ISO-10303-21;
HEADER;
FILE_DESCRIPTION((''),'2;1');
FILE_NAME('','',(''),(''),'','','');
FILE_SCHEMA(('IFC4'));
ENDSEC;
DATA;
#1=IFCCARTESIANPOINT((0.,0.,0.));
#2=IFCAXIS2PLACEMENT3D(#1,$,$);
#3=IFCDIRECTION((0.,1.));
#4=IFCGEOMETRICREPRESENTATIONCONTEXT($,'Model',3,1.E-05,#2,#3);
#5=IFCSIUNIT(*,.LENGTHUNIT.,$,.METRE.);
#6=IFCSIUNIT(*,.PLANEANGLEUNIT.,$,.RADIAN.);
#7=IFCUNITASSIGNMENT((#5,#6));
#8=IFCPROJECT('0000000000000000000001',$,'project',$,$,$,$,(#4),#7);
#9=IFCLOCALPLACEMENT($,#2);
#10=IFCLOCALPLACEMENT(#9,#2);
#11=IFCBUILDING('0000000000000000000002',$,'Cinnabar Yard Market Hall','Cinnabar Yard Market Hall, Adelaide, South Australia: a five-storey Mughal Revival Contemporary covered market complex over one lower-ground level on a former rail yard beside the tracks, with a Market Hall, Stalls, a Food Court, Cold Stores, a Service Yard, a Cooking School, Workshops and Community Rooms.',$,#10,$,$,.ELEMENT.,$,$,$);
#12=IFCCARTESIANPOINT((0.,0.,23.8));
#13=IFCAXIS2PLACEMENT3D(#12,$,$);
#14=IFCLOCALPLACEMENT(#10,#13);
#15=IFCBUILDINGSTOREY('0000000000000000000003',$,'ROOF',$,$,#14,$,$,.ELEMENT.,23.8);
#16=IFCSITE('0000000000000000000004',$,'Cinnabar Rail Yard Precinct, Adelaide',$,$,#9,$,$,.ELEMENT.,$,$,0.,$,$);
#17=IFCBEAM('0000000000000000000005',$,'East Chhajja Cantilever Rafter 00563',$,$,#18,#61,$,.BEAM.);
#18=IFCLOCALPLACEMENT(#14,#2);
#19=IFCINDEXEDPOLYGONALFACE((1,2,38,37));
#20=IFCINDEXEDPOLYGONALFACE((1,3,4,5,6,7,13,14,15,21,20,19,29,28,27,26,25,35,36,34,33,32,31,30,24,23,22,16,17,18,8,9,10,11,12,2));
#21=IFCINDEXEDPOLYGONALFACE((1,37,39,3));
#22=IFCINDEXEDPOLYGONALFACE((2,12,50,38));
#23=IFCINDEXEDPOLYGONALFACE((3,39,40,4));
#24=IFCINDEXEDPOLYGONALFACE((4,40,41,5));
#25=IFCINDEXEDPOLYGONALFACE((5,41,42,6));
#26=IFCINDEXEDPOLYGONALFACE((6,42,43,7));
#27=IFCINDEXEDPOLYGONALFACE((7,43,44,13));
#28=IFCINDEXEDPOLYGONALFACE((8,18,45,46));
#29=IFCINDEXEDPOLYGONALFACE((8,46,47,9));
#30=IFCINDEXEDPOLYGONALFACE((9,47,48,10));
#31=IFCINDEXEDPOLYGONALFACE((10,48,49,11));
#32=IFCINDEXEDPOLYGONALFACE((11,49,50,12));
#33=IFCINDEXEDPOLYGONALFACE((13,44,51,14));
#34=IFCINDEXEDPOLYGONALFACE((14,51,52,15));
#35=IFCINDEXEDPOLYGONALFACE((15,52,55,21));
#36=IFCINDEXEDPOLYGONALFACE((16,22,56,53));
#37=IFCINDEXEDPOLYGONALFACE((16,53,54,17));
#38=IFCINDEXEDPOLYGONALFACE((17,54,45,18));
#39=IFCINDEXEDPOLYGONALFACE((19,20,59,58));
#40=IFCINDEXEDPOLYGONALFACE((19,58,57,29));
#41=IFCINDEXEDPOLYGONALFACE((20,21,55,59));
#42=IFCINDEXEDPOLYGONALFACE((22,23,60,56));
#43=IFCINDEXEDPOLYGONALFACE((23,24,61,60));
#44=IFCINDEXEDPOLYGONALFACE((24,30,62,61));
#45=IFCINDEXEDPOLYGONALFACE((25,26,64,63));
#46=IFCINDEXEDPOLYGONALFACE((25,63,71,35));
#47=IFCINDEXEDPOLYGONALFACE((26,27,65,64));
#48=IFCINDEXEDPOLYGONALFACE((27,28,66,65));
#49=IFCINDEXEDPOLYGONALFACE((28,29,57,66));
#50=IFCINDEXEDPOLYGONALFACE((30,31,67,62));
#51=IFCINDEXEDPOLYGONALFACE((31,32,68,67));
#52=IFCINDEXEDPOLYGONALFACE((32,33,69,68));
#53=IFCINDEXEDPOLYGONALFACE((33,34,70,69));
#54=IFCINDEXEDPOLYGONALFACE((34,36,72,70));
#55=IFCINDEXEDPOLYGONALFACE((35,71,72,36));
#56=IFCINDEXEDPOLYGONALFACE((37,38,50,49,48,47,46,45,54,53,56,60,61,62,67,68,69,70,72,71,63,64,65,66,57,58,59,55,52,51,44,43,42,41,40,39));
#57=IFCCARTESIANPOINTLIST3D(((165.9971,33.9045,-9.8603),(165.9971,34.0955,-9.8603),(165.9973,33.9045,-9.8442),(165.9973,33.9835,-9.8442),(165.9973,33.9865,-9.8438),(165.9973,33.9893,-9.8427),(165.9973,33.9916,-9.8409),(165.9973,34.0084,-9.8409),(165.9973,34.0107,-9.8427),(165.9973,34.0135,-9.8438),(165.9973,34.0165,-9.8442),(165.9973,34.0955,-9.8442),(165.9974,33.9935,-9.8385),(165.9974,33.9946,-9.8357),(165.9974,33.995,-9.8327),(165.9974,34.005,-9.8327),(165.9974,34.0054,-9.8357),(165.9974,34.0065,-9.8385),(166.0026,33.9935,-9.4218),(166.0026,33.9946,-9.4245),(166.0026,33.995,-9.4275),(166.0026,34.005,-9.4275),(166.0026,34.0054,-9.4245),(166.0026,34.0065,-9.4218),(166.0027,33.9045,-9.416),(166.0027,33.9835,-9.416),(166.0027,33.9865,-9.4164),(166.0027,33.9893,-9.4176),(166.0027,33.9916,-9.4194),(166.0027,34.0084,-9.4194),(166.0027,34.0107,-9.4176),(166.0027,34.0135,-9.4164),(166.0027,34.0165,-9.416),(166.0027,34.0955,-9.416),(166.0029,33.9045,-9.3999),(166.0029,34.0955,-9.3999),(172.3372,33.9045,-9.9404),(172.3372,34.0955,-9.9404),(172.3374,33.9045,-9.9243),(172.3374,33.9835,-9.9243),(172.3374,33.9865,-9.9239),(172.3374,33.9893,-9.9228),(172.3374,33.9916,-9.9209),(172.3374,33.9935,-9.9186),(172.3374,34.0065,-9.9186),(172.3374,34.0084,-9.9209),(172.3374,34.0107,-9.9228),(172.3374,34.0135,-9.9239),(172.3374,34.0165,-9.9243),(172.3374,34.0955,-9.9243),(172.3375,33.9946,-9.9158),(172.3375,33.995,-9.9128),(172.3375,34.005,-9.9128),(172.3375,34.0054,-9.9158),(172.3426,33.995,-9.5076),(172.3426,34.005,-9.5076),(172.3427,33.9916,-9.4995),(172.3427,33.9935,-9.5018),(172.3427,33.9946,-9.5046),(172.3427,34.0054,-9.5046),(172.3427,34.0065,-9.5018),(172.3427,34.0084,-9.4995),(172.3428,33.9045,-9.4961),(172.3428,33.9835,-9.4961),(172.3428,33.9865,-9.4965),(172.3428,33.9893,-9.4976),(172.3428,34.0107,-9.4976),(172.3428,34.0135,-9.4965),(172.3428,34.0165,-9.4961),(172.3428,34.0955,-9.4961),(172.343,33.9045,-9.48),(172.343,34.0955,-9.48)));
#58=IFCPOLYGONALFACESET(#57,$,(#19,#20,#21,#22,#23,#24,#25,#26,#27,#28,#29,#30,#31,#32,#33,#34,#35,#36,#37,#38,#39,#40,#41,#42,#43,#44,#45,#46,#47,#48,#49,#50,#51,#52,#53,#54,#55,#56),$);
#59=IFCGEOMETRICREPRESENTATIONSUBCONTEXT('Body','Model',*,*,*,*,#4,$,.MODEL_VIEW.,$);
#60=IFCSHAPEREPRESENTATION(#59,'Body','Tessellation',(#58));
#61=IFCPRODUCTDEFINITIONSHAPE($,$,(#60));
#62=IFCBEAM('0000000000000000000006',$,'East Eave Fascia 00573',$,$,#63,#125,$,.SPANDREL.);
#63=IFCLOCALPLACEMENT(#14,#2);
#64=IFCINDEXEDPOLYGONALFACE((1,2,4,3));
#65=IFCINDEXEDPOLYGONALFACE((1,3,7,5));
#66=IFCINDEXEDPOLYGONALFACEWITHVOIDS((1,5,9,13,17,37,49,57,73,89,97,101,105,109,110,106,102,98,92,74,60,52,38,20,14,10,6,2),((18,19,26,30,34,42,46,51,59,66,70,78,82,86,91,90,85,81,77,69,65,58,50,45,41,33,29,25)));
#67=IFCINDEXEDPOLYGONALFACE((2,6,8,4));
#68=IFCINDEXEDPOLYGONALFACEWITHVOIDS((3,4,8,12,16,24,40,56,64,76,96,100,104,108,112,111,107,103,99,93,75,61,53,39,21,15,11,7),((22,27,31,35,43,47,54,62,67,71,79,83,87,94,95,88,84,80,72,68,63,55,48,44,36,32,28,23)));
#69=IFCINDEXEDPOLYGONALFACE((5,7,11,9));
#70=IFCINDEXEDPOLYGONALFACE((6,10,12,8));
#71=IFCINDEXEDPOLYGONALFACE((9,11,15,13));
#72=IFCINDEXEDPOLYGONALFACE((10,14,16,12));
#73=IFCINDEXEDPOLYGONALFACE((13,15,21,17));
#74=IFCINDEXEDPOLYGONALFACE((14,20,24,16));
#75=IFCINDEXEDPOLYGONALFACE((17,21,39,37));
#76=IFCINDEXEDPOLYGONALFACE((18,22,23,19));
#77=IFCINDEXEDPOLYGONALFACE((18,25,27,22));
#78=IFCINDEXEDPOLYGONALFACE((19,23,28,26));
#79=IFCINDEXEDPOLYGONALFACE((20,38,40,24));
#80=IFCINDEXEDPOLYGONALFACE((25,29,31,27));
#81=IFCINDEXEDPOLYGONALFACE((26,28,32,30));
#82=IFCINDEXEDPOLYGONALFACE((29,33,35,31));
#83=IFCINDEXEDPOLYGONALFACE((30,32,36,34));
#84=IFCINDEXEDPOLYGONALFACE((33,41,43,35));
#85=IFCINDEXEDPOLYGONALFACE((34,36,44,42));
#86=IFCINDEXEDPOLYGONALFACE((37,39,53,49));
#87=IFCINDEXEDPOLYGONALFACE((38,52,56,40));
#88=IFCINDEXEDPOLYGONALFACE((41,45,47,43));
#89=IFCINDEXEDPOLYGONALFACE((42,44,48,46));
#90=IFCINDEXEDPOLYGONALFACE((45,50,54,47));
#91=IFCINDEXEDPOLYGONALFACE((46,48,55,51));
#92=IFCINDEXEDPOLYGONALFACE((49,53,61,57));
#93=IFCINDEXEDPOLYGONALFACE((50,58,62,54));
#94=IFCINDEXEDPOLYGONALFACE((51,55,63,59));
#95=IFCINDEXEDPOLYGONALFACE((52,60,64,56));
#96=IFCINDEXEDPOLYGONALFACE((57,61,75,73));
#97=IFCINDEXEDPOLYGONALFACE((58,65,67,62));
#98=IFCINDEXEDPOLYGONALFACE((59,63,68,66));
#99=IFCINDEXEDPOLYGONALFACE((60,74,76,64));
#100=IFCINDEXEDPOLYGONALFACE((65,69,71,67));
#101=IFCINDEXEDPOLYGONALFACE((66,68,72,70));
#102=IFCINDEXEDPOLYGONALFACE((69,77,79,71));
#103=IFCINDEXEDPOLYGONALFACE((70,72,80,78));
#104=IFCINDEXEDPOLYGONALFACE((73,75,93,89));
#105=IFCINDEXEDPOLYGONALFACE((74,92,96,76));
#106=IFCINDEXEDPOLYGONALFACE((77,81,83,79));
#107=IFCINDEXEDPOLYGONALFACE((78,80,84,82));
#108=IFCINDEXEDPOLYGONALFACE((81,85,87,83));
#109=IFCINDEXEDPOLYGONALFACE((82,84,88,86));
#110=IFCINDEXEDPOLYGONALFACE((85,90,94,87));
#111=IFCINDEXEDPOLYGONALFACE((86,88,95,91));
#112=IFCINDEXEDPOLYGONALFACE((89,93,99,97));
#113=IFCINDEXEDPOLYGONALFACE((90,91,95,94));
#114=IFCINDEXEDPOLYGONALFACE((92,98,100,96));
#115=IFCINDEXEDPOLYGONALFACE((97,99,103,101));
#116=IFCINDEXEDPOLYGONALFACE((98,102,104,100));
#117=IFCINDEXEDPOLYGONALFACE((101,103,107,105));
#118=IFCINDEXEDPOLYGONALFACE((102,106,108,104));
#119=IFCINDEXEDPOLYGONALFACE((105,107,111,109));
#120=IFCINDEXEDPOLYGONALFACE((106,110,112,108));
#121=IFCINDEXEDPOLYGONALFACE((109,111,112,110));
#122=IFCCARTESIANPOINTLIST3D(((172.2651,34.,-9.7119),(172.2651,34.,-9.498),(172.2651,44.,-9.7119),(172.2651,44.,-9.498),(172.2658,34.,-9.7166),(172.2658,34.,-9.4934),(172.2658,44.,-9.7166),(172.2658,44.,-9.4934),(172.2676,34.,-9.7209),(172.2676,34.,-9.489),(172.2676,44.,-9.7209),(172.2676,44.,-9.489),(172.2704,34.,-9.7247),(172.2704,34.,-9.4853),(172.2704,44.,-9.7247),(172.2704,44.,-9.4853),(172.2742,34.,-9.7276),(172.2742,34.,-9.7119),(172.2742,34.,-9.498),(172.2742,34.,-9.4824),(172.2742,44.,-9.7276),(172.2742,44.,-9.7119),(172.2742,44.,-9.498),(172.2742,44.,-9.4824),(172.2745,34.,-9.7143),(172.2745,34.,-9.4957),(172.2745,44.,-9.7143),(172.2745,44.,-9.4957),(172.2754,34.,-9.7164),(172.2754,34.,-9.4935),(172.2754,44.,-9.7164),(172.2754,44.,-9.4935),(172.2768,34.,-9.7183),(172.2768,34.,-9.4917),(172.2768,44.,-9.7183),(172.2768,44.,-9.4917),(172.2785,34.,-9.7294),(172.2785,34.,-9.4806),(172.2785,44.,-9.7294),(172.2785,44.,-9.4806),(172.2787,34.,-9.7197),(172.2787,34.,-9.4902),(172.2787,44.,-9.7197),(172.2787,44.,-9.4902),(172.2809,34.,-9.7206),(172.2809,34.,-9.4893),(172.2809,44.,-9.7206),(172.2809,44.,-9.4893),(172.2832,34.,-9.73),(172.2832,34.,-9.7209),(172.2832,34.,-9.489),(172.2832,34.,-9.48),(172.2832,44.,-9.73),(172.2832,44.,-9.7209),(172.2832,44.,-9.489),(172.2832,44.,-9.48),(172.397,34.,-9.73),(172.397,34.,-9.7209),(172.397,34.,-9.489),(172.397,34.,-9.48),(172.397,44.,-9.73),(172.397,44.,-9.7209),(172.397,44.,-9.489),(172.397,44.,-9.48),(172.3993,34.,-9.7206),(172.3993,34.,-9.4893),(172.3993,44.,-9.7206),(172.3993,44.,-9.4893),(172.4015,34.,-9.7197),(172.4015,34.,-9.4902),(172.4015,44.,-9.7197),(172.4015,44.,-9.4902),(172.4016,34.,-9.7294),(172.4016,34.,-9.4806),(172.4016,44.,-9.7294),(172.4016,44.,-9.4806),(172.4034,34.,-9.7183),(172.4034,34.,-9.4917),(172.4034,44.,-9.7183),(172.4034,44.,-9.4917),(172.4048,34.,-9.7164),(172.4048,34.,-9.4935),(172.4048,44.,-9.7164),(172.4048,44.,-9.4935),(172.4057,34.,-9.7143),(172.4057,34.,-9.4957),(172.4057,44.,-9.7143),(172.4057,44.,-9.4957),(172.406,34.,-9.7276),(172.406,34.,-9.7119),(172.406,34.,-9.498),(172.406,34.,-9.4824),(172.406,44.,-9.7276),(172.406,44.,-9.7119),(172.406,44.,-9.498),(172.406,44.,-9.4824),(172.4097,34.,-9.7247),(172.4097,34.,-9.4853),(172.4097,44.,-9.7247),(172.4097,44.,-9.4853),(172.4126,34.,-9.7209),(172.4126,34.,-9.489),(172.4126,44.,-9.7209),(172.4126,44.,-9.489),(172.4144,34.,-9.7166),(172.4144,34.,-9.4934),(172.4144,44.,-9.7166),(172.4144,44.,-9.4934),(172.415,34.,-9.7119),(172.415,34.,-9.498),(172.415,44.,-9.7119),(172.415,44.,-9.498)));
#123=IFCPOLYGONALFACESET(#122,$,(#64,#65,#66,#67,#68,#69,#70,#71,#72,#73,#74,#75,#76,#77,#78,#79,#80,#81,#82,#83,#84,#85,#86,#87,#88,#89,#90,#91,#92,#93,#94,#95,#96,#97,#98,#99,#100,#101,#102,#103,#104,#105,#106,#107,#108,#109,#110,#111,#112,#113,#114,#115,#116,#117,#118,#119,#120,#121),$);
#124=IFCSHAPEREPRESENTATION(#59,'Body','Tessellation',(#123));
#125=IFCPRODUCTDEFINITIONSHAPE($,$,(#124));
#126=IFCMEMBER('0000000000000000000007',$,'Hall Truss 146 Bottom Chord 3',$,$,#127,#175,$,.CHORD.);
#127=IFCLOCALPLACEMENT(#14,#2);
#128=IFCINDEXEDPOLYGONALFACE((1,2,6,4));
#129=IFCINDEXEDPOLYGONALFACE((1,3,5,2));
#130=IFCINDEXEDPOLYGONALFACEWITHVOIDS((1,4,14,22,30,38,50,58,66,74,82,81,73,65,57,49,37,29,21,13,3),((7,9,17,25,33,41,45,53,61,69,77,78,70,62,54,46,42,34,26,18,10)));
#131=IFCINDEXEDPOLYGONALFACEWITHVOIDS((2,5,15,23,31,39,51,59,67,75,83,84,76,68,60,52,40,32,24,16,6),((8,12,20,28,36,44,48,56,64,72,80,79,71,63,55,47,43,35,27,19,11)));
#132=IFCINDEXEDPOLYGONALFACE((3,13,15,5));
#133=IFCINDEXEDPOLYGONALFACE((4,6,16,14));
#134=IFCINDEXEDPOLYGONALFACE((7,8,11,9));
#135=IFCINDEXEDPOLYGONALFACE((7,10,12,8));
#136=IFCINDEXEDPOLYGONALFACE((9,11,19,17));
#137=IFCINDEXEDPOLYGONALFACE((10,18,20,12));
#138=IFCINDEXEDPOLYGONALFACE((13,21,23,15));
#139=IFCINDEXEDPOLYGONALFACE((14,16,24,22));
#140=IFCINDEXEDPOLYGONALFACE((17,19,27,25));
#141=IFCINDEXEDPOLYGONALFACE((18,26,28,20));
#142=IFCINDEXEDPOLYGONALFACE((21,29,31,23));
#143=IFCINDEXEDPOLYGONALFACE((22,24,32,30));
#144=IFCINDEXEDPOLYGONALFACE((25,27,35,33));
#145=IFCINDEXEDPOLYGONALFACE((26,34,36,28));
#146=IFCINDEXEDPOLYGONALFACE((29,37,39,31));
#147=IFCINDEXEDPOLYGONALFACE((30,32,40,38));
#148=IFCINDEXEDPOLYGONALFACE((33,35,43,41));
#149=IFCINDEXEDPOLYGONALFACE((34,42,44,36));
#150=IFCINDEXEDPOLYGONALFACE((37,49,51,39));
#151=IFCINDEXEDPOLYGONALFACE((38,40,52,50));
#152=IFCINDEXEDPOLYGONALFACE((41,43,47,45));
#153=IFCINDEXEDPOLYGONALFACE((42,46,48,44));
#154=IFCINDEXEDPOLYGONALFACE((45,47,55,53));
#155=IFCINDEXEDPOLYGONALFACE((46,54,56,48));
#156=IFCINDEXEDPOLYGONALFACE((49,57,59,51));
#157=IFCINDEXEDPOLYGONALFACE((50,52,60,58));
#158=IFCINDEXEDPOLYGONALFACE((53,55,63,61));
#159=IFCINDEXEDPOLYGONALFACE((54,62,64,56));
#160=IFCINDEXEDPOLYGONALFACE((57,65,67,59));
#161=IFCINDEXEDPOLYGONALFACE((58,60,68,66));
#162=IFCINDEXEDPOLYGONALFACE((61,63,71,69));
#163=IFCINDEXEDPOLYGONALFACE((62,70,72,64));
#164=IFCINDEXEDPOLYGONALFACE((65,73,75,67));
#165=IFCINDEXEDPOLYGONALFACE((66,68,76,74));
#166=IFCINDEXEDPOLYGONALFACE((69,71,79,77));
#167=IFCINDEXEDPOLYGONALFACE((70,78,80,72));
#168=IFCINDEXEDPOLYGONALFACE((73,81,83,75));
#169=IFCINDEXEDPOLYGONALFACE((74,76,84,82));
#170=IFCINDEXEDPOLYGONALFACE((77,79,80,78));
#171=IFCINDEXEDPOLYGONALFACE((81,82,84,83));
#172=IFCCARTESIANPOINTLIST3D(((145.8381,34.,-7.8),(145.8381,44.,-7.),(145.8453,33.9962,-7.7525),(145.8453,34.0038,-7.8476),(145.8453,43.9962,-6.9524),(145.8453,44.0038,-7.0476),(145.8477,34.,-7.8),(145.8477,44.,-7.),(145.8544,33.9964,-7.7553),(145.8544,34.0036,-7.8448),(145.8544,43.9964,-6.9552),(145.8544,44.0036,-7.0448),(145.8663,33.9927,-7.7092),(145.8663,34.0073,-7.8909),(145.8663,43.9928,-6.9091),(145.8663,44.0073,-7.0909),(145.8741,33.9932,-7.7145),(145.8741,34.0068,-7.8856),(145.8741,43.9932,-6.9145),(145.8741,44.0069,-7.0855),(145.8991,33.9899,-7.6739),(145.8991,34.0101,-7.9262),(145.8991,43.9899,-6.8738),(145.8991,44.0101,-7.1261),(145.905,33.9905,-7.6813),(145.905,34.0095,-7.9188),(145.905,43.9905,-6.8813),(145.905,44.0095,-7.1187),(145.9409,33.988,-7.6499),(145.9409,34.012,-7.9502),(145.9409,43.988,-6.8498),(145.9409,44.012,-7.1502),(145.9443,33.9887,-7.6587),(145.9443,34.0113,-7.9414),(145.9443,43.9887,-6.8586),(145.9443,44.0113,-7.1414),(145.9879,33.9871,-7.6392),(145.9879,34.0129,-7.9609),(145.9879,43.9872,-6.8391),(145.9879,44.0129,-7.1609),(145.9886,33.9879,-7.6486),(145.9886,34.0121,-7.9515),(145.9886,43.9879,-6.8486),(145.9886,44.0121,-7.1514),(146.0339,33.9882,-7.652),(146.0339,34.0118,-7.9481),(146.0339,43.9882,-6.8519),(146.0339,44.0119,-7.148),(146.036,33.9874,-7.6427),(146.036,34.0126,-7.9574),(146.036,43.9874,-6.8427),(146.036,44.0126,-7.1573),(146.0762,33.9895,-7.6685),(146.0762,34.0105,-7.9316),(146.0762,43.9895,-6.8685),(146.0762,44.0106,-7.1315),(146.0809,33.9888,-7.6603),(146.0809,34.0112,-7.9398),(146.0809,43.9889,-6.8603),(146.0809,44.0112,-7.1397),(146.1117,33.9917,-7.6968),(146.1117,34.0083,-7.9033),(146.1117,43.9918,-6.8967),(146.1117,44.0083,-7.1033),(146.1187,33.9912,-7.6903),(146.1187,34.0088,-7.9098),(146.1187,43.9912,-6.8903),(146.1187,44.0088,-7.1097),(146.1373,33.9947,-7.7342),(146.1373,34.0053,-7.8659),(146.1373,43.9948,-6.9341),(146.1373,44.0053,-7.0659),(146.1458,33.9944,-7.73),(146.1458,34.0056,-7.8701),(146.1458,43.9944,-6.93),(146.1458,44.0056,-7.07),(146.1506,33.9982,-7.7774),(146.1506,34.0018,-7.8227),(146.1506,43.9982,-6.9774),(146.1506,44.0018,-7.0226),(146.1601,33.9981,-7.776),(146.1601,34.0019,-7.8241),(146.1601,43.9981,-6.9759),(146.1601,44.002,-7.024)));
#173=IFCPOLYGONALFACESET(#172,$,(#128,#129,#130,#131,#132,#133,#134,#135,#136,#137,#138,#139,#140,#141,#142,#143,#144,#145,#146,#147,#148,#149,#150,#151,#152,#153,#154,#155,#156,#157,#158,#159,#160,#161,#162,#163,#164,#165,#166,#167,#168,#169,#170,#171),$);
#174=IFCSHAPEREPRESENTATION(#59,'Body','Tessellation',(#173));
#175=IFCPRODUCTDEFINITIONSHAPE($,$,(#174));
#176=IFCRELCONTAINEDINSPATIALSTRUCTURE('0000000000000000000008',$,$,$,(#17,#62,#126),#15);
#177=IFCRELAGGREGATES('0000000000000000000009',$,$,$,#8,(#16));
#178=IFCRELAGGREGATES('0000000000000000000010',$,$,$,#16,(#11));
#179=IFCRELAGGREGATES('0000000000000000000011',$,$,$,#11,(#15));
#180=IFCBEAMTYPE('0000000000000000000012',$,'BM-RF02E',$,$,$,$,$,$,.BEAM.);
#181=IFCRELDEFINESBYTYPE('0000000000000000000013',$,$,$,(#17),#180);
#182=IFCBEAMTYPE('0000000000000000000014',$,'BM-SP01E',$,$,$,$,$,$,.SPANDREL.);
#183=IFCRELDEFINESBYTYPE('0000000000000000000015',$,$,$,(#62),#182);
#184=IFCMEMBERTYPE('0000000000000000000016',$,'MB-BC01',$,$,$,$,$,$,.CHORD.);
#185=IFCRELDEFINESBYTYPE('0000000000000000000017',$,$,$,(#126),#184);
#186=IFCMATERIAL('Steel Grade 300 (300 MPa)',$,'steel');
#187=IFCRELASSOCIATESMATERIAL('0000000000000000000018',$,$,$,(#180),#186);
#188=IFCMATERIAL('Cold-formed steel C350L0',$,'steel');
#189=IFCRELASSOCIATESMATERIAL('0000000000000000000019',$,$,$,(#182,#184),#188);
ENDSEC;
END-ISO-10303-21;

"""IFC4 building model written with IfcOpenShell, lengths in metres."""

from ifc_helpers import new_model, si_unit, direction, frame, origin, origin_2d_with_axis, place, context, subcontext, project, spatial, hollow_rectangle, hollow_circle, i_section, extrude, material, material_profile, profile_set, type_object, element, save


model = new_model("IFC4")

# Units and contexts
model_context = context("Model", 3, precision=1e-05, world=origin(), true_north=direction((0.0, 1.0)))
body_context = subcontext(model_context, "Body", "Model", "MODEL_VIEW")
ifc_project = project(units=[si_unit("LENGTHUNIT", "METRE"), si_unit("PLANEANGLEUNIT", "RADIAN")], contexts=[model_context])

# Site, building, storey
site_placement = place(None, origin())
site = spatial("IfcSite", under=ifc_project, at=site_placement, Name="Cinnabar Rail Yard Precinct, Adelaide", CompositionType="ELEMENT", RefElevation=0.0)
building_placement = place(site_placement, origin())
building = spatial("IfcBuilding", under=site, at=building_placement, Name="Cinnabar Yard Market Hall", Description="Cinnabar Yard Market Hall, Adelaide, South Australia: a five-storey Mughal Revival Contemporary covered market complex over one lower-ground level on a former rail yard beside the tracks, with a Market Hall, Stalls, a Food Court, Cold Stores, a Service Yard, a Cooking School, Workshops and Community Rooms.", CompositionType="ELEMENT")
storey_placement = place(building_placement, frame((0.0, 0.0, 23.8)))
storey = spatial("IfcBuildingStorey", under=building, at=storey_placement, Name="ROOF", CompositionType="ELEMENT", Elevation=23.8)

# Beams
ifc_material_1 = material(Name="Steel Grade 300 (300 MPa)", Category="steel")
ifc_material_profile_1 = material_profile(ifc_material_1, i_section(OverallWidth=0.1909, OverallDepth=0.4604, WebThickness=0.01, FlangeThickness=0.0161, FilletRadius=0.0115, at=origin_2d_with_axis()), Name="460UB82.1")
ifc_profile_set_1 = profile_set([ifc_material_profile_1], Name="Steel Grade 300 (300 MPa)")
beam_type_1 = type_object("IfcBeamType", Name="BM-RF02E", PredefinedType="BEAM", material=ifc_profile_set_1)
for number, where, z_axis, x_axis, name in (
    (1, (166.0, 34.0, -9.6301), (0.99992, 0.0, -0.012629), (0.0, 1.0, 0.0), "East Chhajja Cantilever Rafter 00563"),
):
    element("IfcBeam", number, at=place(storey_placement, frame(where, z_axis=z_axis, x_axis=x_axis)), inside=storey, type_object=beam_type_1, Name=name, PredefinedType="BEAM", context=body_context, shape_type="SweptSolid", body=[
        extrude(i_section(OverallWidth=0.1909, OverallDepth=0.4604, WebThickness=0.01, FlangeThickness=0.0161, FilletRadius=0.0115, at=origin_2d_with_axis()), origin(), (0.0, 0.0, 1.0), 6.3406),
    ])
ifc_material_2 = material(Name="Cold-formed steel C350L0", Category="steel")
ifc_material_profile_2 = material_profile(ifc_material_2, hollow_rectangle(XDim=0.1499, YDim=0.25, WallThickness=0.009, InnerFilletRadius=0.009, OuterFilletRadius=0.0181, at=origin_2d_with_axis()), Name="250x150x9.0RHS")
ifc_profile_set_2 = profile_set([ifc_material_profile_2], Name="Cold-formed steel C350L0")
beam_type_2 = type_object("IfcBeamType", Name="BM-SP01E", PredefinedType="SPANDREL", material=ifc_profile_set_2)
beam_1_placement = place(storey_placement, frame((172.3401, 34.0, -9.605), z_axis=(0.0, 1.0, 0.0), x_axis=(-1.0, 0.0, 0.0)))
element("IfcBeam", 2, at=beam_1_placement, inside=storey, type_object=beam_type_2, Name="East Eave Fascia 00573", PredefinedType="SPANDREL", context=body_context, shape_type="SweptSolid", body=[
    extrude(hollow_rectangle(XDim=0.1499, YDim=0.25, WallThickness=0.009, InnerFilletRadius=0.009, OuterFilletRadius=0.0181, at=origin_2d_with_axis()), origin(), (0.0, 0.0, 1.0), 10.0),
])

# Member
ifc_material_profile_3 = material_profile(ifc_material_2, hollow_circle(Radius=0.1619, WallThickness=0.0095, at=origin_2d_with_axis()), Name="323.9x9.5CHS")
ifc_profile_set_3 = profile_set([ifc_material_profile_3], Name="Cold-formed steel C350L0")
member_type_1 = type_object("IfcMemberType", Name="MB-BC01", PredefinedType="CHORD", material=ifc_profile_set_3)
for number, where, z_axis, x_axis, name in (
    (3, (146.0, 34.0, -7.8), (0.0, 0.996815, 0.07975), (-1.0, 0.0, 0.0), "Hall Truss 146 Bottom Chord 3"),
):
    element("IfcMember", number, at=place(storey_placement, frame(where, z_axis=z_axis, x_axis=x_axis)), inside=storey, type_object=member_type_1, Name=name, PredefinedType="CHORD", context=body_context, shape_type="SweptSolid", body=[
        extrude(hollow_circle(Radius=0.1619, WallThickness=0.0095, at=origin_2d_with_axis()), origin(), (0.0, 0.0, 1.0), 10.032),
    ])

save(model, "model.ifc")
